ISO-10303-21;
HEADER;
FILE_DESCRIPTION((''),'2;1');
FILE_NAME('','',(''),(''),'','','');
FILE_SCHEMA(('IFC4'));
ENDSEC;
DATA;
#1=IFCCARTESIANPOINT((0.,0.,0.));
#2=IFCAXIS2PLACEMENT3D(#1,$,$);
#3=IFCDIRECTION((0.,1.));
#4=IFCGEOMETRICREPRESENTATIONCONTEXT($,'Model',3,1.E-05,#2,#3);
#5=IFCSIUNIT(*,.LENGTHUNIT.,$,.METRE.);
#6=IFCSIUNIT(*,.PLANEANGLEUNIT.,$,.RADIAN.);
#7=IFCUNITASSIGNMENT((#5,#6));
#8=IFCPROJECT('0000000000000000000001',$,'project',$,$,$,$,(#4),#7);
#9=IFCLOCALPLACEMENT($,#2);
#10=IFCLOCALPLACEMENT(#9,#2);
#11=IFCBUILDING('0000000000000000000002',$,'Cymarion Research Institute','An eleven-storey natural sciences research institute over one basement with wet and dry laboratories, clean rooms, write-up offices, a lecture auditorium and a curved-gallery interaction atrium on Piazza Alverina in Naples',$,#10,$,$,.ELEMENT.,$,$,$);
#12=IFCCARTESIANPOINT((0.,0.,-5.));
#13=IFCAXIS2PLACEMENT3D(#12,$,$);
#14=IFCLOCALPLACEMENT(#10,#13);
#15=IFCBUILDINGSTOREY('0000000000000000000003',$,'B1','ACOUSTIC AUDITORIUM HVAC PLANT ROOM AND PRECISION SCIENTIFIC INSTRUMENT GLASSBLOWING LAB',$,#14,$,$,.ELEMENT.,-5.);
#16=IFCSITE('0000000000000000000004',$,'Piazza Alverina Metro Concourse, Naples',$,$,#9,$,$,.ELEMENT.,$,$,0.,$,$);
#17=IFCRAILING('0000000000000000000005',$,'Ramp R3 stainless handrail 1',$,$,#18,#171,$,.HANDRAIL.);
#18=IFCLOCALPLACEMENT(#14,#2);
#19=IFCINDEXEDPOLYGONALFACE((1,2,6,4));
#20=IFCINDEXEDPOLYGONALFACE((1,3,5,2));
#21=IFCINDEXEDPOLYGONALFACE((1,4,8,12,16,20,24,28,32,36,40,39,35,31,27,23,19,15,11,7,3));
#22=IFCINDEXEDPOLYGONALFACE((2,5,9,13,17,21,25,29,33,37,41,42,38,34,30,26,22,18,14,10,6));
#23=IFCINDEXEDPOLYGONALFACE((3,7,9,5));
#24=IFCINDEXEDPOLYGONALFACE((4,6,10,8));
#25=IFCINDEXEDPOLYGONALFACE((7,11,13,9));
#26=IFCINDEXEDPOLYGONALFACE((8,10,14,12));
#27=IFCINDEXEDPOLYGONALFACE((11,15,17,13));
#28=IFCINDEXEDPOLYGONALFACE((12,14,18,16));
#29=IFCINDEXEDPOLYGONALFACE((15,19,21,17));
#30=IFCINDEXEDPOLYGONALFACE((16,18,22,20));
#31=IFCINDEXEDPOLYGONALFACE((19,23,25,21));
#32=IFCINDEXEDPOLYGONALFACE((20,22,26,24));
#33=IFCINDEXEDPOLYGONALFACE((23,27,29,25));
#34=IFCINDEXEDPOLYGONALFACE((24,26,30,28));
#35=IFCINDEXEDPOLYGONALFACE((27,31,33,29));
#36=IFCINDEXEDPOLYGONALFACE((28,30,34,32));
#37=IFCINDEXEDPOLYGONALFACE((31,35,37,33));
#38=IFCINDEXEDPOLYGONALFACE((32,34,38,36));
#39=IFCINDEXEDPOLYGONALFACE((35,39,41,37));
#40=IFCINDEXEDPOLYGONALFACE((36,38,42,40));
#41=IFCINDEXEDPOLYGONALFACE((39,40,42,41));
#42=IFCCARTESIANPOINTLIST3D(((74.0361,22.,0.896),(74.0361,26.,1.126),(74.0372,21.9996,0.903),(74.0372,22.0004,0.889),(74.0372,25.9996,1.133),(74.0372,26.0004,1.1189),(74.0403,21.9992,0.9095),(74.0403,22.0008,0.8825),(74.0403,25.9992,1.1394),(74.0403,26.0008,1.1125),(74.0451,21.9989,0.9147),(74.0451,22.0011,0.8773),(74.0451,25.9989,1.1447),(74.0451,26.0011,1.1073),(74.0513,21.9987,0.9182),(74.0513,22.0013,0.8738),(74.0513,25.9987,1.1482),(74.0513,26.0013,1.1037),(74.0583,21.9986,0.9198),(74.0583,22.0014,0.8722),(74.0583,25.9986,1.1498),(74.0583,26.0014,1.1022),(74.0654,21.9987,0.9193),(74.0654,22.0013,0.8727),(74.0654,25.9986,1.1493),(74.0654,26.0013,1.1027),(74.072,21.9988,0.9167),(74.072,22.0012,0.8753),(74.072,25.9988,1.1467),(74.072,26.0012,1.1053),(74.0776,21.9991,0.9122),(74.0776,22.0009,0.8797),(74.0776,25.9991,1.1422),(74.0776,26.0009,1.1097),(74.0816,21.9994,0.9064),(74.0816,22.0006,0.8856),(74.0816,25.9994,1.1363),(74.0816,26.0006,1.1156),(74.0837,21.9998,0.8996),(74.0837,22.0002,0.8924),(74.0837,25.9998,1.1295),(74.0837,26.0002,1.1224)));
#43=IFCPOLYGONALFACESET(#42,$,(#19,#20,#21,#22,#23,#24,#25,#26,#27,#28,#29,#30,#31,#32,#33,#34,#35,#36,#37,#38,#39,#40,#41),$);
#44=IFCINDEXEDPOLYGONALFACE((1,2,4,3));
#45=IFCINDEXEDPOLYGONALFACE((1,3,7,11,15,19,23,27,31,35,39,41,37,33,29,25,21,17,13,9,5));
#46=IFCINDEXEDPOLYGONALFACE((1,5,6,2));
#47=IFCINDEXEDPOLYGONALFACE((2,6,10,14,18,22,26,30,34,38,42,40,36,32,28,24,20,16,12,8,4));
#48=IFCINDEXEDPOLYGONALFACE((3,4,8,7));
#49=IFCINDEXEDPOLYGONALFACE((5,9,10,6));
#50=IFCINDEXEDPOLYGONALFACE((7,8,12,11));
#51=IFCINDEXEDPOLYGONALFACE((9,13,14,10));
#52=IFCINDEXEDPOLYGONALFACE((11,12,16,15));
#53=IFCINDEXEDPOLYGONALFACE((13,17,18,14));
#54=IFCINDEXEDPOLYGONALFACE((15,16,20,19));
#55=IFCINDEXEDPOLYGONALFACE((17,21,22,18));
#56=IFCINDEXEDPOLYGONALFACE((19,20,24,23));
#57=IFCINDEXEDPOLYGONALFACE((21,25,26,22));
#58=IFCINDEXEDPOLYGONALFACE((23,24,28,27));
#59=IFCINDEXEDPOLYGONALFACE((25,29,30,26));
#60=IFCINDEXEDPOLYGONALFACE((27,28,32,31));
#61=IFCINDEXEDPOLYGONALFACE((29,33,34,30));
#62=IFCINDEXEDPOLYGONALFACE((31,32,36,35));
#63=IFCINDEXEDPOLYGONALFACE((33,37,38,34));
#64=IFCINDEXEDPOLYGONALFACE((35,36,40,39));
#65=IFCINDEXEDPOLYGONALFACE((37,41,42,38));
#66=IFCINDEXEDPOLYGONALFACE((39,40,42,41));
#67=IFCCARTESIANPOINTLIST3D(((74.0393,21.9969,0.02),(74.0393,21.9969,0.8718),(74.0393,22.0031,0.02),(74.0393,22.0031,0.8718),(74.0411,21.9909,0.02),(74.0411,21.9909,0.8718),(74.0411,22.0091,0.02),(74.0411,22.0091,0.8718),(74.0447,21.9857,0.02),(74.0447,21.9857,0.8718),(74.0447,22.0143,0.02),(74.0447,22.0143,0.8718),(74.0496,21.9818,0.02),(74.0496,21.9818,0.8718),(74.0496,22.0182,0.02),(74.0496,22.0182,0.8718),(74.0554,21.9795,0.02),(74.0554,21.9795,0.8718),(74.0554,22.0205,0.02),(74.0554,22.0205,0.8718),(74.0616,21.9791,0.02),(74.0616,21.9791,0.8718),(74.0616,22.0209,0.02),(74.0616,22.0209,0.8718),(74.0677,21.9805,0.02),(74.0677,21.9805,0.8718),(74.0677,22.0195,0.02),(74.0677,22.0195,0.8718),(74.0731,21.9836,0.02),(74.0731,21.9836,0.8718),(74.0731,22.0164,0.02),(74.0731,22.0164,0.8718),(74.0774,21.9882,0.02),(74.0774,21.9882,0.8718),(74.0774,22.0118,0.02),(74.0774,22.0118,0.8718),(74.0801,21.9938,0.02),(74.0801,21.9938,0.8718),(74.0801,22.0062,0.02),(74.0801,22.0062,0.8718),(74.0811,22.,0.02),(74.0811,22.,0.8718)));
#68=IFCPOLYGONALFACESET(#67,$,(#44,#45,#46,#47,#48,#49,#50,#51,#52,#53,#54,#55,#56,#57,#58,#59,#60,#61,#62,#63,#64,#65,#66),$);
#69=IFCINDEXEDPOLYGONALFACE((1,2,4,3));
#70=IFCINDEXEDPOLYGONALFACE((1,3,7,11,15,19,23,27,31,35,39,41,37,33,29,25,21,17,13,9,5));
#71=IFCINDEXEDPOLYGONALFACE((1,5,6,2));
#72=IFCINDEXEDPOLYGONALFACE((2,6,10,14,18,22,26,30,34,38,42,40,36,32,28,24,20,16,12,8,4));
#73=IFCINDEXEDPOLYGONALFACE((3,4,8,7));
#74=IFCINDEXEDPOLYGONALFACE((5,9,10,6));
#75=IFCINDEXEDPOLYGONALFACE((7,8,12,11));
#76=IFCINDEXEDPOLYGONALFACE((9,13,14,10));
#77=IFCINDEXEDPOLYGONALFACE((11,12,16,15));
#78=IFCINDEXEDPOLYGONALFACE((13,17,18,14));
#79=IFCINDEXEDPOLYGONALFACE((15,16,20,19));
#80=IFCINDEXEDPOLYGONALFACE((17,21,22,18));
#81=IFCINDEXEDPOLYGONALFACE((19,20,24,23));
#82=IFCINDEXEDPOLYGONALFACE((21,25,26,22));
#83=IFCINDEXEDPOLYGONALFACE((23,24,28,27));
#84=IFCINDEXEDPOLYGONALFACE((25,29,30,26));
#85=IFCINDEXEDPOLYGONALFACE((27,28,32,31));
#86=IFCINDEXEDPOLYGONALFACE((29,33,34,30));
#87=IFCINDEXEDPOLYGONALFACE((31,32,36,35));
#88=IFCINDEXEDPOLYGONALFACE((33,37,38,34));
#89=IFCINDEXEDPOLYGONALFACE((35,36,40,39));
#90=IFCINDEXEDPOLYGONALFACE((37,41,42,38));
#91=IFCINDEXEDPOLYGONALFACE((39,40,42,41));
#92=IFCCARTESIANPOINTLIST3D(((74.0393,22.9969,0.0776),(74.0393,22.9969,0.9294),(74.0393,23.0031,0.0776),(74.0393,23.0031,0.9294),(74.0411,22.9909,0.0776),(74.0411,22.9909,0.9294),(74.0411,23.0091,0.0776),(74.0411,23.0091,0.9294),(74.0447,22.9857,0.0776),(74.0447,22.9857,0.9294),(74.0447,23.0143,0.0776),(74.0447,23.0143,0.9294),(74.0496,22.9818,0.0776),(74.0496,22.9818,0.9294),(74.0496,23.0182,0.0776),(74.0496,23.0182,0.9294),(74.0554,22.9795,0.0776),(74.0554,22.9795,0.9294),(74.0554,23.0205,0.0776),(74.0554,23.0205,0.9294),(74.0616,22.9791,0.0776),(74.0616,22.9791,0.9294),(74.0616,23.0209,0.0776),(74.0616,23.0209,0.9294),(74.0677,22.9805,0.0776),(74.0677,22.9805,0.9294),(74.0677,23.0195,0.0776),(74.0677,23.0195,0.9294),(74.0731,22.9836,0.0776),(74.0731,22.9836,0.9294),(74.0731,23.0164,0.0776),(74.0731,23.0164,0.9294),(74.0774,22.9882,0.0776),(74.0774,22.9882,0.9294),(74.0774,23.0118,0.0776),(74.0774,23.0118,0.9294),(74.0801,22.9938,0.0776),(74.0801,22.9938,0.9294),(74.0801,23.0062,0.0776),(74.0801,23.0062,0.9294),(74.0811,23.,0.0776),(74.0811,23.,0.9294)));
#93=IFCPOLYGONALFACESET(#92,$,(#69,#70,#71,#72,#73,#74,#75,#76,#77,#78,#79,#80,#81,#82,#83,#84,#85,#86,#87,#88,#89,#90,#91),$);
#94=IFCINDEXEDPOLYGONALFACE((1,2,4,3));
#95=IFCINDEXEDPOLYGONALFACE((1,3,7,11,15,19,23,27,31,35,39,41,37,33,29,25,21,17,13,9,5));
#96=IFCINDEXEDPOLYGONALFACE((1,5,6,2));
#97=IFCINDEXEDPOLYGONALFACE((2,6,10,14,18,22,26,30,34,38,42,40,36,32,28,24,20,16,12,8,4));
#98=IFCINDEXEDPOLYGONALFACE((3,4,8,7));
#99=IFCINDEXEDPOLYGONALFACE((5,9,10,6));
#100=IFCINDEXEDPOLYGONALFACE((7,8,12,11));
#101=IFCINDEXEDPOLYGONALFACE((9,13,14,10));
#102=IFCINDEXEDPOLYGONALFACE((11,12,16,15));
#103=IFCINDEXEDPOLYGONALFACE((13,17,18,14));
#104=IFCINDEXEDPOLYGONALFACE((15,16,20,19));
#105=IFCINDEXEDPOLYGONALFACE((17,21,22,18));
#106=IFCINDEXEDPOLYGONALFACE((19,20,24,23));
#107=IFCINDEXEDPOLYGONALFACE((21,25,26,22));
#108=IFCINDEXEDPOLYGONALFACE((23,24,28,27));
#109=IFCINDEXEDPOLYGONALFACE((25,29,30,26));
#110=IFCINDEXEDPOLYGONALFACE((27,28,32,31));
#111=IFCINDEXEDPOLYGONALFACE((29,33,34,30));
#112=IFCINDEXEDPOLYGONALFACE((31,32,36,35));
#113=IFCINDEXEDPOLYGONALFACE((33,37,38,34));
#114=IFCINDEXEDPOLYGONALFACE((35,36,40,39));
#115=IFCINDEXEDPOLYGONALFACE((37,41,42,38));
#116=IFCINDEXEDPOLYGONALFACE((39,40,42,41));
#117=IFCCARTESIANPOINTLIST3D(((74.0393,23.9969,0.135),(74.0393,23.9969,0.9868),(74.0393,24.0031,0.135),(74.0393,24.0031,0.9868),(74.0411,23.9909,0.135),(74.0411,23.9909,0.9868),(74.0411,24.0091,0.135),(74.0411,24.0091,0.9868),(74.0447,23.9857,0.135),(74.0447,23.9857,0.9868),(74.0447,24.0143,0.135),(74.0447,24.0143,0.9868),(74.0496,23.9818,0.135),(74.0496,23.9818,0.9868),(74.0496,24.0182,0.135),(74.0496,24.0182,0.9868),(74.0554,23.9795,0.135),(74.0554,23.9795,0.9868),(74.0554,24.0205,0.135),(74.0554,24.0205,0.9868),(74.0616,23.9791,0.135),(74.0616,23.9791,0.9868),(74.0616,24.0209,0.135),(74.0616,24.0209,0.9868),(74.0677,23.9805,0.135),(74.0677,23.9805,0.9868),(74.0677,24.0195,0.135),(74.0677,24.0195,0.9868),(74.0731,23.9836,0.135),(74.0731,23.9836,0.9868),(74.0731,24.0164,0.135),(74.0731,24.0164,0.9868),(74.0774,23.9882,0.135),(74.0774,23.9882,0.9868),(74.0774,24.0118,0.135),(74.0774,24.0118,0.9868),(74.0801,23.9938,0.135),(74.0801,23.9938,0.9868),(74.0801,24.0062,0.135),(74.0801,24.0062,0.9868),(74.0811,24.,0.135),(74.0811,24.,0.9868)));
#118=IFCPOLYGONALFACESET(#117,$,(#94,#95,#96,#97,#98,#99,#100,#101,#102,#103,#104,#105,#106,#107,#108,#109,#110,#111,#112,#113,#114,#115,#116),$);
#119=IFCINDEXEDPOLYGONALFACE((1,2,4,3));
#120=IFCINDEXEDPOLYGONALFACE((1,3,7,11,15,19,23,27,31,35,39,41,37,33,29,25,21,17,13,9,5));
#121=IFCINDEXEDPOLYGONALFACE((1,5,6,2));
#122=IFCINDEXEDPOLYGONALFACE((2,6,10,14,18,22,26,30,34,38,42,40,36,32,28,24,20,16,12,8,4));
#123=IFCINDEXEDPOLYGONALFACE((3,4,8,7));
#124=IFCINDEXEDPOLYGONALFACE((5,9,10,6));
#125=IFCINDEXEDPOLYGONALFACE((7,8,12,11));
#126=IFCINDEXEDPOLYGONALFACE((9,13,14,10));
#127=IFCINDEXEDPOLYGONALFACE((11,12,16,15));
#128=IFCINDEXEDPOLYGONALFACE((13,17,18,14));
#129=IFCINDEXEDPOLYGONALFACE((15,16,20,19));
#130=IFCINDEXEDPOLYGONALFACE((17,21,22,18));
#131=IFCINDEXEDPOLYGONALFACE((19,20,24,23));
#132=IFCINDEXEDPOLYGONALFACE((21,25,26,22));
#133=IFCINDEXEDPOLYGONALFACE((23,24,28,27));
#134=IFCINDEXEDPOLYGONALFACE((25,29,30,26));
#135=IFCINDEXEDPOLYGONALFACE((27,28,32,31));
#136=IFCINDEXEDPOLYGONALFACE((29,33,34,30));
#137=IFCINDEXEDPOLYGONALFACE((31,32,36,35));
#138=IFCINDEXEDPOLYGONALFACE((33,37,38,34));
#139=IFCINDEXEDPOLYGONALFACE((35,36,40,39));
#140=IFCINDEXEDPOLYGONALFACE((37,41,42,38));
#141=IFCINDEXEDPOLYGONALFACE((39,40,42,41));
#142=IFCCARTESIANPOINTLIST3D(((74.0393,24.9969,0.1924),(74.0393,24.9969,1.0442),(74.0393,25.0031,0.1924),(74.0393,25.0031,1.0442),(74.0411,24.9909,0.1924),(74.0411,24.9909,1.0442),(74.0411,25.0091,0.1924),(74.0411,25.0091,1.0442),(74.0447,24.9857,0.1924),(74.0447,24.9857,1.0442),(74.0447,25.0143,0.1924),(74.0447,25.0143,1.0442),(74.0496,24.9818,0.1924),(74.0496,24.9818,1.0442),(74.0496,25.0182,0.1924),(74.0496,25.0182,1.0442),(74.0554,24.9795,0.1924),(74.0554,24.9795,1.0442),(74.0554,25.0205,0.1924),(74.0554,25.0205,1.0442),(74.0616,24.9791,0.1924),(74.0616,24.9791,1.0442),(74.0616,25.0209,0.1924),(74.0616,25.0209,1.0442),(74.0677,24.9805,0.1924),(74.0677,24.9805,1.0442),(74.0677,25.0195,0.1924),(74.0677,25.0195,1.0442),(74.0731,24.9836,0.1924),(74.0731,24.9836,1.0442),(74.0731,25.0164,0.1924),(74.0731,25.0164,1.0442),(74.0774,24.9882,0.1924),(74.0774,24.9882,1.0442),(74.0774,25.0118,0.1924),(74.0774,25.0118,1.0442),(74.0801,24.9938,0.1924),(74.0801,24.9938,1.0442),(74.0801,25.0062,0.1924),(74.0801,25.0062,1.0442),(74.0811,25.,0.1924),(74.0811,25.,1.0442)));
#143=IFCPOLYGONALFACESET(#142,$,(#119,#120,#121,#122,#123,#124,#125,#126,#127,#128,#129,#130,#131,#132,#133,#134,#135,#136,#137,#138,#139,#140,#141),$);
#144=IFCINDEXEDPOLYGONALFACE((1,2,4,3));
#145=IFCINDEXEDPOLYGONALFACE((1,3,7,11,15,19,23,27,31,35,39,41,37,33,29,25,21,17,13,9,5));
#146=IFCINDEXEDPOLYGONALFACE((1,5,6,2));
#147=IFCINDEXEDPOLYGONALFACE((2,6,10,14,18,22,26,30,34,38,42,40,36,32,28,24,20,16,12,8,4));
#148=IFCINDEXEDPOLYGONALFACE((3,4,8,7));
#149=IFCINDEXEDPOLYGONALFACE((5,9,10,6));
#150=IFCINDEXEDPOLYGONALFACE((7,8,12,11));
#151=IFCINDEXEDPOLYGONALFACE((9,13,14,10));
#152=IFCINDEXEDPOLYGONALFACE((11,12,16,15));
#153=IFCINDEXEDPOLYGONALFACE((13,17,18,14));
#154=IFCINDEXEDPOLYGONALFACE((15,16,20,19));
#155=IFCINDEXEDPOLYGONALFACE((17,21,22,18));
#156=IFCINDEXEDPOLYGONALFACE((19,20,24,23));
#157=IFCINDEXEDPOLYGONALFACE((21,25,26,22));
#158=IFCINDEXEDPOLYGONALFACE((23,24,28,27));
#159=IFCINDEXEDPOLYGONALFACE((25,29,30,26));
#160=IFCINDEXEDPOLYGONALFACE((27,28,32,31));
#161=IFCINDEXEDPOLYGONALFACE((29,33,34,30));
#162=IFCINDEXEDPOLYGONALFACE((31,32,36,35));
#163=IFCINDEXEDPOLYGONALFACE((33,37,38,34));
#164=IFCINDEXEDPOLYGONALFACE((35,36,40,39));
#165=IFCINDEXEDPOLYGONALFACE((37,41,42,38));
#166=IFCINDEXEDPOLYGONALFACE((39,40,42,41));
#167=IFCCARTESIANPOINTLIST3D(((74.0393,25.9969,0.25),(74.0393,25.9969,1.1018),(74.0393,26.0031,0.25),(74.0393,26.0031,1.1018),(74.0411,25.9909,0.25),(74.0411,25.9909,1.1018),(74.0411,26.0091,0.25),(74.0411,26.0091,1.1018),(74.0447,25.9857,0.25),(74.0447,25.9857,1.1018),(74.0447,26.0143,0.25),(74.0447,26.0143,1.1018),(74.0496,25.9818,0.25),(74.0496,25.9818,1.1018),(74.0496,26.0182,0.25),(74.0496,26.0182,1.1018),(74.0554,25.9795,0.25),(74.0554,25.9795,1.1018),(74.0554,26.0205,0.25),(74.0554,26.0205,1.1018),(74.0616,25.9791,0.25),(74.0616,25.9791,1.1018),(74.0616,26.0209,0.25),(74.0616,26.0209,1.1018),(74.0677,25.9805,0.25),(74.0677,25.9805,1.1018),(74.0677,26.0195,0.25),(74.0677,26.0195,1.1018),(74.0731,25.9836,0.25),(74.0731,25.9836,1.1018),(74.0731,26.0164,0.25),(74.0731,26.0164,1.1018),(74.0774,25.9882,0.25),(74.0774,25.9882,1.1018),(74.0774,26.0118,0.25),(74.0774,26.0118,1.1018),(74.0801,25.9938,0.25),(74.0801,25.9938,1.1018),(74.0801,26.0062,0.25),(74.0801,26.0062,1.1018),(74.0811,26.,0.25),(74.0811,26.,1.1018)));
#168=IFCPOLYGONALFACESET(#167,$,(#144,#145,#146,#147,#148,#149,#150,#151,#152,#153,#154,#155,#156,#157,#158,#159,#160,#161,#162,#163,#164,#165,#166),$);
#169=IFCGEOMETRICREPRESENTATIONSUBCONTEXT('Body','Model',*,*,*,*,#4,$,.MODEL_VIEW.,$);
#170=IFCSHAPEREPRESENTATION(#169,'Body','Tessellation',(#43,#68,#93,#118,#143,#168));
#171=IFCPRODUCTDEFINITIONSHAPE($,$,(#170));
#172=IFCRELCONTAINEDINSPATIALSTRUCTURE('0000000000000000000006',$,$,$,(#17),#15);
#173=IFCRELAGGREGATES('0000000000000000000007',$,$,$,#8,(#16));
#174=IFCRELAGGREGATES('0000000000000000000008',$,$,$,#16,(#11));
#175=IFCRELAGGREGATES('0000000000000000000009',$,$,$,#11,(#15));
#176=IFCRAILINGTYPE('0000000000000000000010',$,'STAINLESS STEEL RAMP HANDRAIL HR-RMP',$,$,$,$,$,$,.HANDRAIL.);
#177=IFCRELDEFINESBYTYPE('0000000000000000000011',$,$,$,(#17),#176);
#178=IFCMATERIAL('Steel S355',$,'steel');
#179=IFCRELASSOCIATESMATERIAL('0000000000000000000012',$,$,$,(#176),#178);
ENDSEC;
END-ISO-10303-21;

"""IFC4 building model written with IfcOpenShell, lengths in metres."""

from ifc_helpers import new_model, si_unit, direction, frame, origin, origin_2d, place, context, subcontext, project, spatial, circle, extrude, material, type_object, element, save


model = new_model("IFC4")

# Units and contexts
model_context = context("Model", 3, precision=1e-05, world=origin(), true_north=direction((0.0, 1.0)))
body_context = subcontext(model_context, "Body", "Model", "MODEL_VIEW")
ifc_project = project(units=[si_unit("LENGTHUNIT", "METRE"), si_unit("PLANEANGLEUNIT", "RADIAN")], contexts=[model_context])

# Site, building, storey
site_placement = place(None, origin())
site = spatial("IfcSite", under=ifc_project, at=site_placement, Name="Piazza Alverina Metro Concourse, Naples", CompositionType="ELEMENT", RefElevation=0.0)
building_placement = place(site_placement, origin())
building = spatial("IfcBuilding", under=site, at=building_placement, Name="Cymarion Research Institute", Description="An eleven-storey natural sciences research institute over one basement with wet and dry laboratories, clean rooms, write-up offices, a lecture auditorium and a curved-gallery interaction atrium on Piazza Alverina in Naples", CompositionType="ELEMENT")
storey_placement = place(building_placement, frame((0.0, 0.0, -5.0)))
storey = spatial("IfcBuildingStorey", under=building, at=storey_placement, Name="B1", Description="ACOUSTIC AUDITORIUM HVAC PLANT ROOM AND PRECISION SCIENTIFIC INSTRUMENT GLASSBLOWING LAB", CompositionType="ELEMENT", Elevation=-5.0)

# Shared definitions
ifc_material_1 = material(Name="Steel S355", Category="steel")

# Railing
railing_type = type_object("IfcRailingType", Name="STAINLESS STEEL RAMP HANDRAIL HR-RMP", PredefinedType="HANDRAIL", material=ifc_material_1)
for number, where, name in (
    (1, (74.0601, 22.0, 0.02), "Ramp R3 stainless handrail 1"),
):
    element("IfcRailing", number, at=place(storey_placement, frame(where)), inside=storey, type_object=railing_type, Name=name, PredefinedType="HANDRAIL", context=body_context, shape_type="SweptSolid", body=[
        extrude(circle(Radius=0.0239, at=origin_2d()), frame((0.0, 0.0, 0.876), z_axis=(0.0, 0.998351, 0.0574), x_axis=(-1.0, 0.0, 0.0)), (0.0, 0.0, 1.0), 4.0066),
        extrude(circle(Radius=0.021, at=origin_2d()), origin(), (0.0, 0.0, 1.0), 0.8518),
        extrude(circle(Radius=0.021, at=origin_2d()), frame((0.0, 1.0, 0.0576)), (0.0, 0.0, 1.0), 0.8518),
        extrude(circle(Radius=0.021, at=origin_2d()), frame((0.0, 2.0, 0.115)), (0.0, 0.0, 1.0), 0.8518),
        extrude(circle(Radius=0.021, at=origin_2d()), frame((0.0, 3.0, 0.1724)), (0.0, 0.0, 1.0), 0.8518),
        extrude(circle(Radius=0.021, at=origin_2d()), frame((0.0, 4.0, 0.23)), (0.0, 0.0, 1.0), 0.8518),
    ])

save(model, "model.ifc")
